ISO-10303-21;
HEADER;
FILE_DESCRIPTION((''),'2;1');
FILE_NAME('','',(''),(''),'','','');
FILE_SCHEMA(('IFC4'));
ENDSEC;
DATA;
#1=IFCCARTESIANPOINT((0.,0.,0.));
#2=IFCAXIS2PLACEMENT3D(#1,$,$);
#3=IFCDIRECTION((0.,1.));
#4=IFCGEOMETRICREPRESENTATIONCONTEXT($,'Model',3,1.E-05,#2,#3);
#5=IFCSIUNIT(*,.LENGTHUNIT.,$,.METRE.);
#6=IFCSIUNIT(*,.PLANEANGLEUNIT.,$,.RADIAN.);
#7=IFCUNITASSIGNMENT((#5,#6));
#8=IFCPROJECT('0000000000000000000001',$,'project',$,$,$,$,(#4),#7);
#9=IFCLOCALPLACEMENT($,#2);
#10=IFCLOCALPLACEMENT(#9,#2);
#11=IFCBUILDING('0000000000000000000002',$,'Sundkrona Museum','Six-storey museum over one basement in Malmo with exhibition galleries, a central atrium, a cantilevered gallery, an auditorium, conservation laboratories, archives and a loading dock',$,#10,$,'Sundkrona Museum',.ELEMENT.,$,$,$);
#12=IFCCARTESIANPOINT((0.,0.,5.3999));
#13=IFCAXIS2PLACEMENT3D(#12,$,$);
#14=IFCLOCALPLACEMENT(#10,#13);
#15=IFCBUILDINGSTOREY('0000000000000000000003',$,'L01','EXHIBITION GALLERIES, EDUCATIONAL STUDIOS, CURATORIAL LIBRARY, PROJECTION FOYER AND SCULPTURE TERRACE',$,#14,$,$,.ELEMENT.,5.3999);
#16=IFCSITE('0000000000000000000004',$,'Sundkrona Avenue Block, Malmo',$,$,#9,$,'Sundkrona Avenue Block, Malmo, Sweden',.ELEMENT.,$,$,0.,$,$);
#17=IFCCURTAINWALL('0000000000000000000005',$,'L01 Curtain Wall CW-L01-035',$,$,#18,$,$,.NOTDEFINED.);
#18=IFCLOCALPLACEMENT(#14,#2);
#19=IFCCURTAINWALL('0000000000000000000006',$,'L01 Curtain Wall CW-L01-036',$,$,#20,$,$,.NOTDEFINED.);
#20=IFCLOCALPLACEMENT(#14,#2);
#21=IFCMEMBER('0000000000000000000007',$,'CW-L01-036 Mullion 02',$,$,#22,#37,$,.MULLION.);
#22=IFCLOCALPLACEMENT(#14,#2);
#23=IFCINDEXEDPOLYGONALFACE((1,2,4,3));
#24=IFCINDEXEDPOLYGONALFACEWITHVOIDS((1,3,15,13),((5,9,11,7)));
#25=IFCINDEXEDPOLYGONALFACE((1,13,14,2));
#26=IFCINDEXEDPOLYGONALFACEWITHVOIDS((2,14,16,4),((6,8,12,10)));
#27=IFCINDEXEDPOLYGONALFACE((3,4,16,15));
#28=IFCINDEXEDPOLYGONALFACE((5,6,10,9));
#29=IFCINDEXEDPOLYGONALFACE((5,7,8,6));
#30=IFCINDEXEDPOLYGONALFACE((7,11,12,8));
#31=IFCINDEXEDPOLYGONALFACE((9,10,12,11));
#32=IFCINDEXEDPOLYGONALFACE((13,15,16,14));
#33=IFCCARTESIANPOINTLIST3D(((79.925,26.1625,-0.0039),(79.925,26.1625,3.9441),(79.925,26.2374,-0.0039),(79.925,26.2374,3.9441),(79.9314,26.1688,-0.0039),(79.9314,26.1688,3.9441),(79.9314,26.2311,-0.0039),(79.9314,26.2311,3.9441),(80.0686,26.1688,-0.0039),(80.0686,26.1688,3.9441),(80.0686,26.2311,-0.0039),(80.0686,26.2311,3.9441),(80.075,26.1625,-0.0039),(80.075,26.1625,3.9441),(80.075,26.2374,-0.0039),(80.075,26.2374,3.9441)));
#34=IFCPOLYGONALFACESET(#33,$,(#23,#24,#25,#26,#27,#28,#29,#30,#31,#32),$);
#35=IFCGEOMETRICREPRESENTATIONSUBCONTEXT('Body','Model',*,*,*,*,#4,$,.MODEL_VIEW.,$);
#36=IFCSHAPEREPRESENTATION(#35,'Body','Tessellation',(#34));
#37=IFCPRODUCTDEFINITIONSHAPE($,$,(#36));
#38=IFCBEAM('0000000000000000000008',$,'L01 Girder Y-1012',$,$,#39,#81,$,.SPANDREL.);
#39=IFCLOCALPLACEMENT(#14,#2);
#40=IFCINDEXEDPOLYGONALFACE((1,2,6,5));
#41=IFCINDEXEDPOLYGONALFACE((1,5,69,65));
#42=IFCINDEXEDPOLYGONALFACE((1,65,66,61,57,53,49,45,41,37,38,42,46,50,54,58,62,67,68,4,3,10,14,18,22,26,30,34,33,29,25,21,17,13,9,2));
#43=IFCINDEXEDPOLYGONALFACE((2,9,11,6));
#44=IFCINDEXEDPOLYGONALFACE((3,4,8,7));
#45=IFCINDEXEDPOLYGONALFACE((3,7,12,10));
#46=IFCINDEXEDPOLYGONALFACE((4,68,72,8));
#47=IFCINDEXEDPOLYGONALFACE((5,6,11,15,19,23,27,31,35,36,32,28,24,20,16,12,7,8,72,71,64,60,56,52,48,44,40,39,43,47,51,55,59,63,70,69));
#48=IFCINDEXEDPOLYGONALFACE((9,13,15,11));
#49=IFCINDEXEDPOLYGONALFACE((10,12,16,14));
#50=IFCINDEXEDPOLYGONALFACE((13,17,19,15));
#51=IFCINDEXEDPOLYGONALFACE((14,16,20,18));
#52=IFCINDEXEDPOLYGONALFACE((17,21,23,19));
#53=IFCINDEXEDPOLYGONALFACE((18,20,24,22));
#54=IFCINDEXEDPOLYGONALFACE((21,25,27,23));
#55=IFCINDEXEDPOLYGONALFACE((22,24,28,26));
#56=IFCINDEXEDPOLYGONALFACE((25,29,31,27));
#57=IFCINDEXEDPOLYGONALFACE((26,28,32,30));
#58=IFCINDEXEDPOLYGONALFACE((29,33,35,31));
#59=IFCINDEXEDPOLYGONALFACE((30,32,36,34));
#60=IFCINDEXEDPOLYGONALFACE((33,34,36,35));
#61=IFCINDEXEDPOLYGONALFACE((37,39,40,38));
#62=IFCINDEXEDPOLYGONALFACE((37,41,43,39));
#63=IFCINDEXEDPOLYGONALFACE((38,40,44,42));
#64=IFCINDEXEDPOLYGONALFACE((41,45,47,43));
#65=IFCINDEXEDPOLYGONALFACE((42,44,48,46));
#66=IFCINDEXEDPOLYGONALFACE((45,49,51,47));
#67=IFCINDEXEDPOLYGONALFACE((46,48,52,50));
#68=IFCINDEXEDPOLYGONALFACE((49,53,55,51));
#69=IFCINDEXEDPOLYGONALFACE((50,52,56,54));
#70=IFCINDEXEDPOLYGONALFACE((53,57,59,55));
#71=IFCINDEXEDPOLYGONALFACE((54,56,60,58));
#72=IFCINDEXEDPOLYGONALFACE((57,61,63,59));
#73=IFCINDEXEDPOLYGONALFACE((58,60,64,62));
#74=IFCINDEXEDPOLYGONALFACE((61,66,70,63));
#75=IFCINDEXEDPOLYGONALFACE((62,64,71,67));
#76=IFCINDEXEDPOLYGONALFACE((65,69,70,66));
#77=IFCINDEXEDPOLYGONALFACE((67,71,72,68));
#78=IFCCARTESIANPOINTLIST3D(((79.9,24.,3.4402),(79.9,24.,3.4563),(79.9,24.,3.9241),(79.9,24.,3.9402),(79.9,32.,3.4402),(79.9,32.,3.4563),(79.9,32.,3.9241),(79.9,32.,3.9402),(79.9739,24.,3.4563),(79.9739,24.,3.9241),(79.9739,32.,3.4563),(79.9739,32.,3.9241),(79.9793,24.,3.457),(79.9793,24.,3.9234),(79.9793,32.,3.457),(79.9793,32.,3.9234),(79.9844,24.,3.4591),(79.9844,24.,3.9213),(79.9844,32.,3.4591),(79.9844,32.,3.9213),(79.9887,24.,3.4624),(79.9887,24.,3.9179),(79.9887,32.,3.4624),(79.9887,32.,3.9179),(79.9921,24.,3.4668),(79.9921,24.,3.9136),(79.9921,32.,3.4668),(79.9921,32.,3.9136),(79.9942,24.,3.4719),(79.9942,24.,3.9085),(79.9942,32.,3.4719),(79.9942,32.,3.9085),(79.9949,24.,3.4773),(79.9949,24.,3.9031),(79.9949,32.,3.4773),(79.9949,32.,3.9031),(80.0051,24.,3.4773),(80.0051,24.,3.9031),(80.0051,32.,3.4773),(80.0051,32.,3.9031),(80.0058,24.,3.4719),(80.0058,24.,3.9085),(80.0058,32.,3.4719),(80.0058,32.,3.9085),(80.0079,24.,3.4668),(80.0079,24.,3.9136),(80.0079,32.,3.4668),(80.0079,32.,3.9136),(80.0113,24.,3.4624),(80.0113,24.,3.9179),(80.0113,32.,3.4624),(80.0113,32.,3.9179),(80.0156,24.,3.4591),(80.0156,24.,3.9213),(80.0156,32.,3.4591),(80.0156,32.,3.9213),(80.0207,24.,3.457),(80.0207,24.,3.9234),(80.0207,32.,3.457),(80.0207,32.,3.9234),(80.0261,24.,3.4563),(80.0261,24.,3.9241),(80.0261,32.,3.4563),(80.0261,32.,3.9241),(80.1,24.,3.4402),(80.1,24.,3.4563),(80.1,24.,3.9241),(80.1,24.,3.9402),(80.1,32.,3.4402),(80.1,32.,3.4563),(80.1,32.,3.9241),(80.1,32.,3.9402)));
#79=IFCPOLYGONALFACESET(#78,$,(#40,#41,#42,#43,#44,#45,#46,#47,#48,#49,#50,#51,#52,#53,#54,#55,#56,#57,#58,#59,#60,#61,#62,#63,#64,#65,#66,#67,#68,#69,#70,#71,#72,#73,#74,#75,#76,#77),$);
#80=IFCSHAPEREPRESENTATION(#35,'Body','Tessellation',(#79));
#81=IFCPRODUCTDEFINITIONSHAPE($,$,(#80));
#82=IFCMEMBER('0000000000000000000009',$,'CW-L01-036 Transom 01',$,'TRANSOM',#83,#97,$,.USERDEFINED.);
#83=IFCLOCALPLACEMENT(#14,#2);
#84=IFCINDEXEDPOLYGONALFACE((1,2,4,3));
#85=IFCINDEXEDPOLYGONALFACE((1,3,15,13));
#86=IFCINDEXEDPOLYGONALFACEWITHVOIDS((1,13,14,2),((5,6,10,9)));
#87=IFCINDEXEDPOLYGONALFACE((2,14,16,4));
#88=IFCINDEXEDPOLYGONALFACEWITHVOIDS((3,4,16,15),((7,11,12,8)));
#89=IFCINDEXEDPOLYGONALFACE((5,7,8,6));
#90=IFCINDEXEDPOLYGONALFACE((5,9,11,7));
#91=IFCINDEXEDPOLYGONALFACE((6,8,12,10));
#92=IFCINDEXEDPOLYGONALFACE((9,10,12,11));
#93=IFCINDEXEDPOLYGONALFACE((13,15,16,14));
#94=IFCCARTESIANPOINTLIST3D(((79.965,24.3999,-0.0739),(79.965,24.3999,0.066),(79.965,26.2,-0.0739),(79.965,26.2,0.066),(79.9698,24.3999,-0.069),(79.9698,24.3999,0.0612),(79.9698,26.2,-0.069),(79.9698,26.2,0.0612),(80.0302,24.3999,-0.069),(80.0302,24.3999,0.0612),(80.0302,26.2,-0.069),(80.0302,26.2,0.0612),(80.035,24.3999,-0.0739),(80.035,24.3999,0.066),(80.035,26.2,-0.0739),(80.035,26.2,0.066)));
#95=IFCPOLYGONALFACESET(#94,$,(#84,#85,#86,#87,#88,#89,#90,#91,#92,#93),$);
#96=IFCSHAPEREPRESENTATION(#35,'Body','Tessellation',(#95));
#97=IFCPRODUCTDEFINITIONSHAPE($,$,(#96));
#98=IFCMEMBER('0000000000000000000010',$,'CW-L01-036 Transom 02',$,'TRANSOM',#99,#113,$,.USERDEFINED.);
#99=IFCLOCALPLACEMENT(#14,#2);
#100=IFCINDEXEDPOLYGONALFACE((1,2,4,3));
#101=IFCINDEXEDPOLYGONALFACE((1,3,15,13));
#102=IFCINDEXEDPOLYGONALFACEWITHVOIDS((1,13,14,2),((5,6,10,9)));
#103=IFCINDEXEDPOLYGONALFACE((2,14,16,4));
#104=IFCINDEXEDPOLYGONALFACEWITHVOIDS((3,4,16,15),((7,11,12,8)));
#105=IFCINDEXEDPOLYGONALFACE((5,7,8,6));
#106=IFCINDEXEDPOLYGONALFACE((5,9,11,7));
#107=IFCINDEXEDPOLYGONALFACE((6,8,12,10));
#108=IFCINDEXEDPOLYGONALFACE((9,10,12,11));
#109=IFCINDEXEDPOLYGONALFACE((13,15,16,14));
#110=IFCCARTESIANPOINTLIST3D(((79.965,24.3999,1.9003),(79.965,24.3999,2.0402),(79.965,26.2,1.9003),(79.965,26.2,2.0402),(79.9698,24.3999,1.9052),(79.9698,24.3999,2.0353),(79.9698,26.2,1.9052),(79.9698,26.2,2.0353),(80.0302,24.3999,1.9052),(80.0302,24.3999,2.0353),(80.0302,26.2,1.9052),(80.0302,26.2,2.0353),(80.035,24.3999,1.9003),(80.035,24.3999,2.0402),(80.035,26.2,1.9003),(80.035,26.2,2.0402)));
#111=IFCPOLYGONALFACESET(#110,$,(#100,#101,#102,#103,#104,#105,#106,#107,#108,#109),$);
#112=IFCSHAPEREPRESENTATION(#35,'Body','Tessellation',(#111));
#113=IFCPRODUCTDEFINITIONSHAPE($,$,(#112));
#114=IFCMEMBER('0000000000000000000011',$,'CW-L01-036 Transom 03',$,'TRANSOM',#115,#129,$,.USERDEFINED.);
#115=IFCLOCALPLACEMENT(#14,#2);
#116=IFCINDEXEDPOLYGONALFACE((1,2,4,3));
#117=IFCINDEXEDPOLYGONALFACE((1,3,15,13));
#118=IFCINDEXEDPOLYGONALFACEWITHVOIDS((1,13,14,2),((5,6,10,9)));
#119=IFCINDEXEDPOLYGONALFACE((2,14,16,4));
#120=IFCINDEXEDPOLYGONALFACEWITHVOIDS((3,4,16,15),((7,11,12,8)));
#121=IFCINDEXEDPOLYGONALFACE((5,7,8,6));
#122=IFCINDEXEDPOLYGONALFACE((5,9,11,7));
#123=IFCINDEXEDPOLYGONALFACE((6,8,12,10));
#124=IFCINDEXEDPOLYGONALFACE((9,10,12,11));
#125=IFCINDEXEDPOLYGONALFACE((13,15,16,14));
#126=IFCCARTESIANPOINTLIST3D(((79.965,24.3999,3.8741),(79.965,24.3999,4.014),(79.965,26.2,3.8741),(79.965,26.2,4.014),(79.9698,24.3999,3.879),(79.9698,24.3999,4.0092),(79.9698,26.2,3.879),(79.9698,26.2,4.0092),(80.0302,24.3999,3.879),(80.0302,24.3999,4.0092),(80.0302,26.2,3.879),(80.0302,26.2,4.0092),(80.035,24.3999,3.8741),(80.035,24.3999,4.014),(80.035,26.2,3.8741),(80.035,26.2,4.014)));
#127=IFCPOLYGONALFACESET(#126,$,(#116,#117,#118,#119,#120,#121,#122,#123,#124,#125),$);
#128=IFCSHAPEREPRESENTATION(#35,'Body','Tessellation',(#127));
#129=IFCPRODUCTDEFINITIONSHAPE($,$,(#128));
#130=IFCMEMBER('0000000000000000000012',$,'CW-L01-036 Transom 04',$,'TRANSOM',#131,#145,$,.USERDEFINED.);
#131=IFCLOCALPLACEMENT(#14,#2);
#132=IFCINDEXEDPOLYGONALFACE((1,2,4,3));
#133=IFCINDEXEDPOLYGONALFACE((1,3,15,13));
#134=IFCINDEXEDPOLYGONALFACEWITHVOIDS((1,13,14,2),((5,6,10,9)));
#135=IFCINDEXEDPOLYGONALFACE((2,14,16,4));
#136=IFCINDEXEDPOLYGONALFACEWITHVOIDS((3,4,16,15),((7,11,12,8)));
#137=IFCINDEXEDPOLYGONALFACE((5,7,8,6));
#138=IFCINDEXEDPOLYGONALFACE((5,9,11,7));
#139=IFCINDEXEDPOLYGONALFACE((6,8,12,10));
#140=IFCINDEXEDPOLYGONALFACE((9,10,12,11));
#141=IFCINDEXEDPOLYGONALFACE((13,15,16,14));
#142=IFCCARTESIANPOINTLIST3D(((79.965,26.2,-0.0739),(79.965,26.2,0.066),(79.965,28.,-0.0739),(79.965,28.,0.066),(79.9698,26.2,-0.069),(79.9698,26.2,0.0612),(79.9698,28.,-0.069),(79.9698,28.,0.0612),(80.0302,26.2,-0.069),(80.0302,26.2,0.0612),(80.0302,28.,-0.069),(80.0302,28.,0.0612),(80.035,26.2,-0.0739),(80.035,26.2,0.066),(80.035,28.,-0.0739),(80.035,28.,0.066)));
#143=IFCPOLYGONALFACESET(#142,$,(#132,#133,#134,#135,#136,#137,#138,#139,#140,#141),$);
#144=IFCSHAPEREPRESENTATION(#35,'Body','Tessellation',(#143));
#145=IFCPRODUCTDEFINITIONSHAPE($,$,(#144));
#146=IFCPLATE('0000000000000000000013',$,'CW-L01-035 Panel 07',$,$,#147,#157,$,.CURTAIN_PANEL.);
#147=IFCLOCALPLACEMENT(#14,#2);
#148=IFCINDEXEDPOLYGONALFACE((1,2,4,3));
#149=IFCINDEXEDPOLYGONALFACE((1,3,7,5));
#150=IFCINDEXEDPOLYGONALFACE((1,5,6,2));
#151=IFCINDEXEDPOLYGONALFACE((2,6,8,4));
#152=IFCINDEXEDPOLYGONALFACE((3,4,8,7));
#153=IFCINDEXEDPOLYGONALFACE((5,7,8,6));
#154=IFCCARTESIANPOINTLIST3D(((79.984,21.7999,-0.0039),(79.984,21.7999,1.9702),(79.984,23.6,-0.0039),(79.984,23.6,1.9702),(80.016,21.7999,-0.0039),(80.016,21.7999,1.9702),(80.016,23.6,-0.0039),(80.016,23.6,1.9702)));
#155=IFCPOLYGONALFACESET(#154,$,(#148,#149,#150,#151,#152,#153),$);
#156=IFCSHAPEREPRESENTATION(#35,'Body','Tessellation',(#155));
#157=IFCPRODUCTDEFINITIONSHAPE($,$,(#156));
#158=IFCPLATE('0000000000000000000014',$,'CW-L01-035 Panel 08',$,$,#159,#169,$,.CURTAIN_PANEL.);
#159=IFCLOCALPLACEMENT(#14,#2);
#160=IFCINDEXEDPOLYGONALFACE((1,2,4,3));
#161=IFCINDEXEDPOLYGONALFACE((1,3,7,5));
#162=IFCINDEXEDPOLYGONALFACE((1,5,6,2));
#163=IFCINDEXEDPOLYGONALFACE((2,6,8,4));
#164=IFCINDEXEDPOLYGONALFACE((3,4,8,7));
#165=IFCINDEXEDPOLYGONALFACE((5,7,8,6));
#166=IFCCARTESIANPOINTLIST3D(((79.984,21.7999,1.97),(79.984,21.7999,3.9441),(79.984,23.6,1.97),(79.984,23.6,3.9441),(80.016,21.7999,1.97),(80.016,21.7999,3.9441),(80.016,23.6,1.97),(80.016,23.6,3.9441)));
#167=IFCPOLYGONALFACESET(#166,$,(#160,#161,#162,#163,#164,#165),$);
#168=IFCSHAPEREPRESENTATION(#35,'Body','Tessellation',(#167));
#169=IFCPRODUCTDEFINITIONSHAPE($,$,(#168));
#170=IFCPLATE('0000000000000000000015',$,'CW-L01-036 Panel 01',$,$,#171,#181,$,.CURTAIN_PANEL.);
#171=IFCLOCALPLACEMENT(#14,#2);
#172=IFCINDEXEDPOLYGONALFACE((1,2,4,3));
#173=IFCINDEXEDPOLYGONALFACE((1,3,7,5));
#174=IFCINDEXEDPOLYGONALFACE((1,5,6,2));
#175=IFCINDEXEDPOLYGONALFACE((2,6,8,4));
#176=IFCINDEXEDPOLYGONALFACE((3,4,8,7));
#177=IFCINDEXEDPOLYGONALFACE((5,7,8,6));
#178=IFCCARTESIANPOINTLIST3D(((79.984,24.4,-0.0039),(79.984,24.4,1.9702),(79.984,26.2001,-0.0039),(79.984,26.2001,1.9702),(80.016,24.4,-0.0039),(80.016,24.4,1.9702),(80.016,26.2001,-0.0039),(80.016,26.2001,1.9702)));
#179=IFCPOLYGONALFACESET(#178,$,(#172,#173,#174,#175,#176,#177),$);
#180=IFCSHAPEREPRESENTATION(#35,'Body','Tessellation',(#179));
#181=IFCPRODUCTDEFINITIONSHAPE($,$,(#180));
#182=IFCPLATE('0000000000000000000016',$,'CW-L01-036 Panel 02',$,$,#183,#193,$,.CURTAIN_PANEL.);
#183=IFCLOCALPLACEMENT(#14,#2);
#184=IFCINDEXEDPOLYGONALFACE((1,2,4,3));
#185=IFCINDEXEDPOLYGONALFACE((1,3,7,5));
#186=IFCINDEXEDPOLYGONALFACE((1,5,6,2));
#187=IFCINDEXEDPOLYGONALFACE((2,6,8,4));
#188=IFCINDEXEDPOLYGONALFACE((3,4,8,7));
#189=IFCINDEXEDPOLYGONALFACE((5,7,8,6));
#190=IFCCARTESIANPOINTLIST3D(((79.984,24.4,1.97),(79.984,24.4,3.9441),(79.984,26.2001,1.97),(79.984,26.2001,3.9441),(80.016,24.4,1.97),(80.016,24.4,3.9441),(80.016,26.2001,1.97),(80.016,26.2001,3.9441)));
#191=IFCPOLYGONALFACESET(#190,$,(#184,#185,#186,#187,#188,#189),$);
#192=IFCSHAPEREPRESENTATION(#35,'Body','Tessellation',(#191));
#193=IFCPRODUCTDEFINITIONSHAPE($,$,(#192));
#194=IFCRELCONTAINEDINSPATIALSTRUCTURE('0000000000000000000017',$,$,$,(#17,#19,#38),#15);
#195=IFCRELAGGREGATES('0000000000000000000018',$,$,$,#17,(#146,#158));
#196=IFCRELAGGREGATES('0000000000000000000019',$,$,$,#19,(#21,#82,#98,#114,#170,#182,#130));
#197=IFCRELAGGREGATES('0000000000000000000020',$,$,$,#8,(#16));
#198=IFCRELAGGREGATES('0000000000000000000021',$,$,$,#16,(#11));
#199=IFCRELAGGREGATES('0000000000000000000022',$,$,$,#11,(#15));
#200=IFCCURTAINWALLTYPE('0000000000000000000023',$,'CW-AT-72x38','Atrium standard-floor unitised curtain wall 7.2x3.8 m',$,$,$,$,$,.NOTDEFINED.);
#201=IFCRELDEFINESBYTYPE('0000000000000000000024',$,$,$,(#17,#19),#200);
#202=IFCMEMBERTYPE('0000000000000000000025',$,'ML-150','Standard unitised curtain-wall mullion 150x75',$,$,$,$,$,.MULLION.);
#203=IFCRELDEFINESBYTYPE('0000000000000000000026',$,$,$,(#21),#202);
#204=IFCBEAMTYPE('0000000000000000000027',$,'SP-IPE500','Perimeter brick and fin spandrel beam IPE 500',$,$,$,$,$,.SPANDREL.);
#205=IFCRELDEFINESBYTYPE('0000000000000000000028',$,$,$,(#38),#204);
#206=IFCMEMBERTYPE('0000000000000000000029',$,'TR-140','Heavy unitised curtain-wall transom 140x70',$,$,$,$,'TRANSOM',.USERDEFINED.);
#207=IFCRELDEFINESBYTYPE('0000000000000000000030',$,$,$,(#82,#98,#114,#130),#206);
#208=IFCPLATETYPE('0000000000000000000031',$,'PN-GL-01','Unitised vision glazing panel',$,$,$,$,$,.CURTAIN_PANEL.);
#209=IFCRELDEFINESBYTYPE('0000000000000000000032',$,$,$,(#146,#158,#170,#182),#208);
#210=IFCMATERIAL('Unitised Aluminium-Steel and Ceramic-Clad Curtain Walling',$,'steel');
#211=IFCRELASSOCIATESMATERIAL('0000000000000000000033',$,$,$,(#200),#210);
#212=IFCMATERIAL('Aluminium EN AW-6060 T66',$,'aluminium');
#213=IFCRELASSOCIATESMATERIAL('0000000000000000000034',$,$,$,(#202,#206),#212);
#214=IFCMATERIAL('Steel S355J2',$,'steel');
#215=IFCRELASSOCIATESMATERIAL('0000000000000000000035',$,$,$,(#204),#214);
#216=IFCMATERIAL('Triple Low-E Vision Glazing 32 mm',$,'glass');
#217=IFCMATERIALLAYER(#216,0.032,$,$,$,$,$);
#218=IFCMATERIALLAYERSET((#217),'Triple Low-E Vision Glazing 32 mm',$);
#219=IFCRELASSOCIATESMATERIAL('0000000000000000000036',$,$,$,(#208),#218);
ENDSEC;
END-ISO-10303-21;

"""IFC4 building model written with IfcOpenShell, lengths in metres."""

from ifc_helpers import new_model, si_unit, direction, frame, origin, origin_2d, place, context, subcontext, project, spatial, rectangle, hollow_rectangle, i_section, extrude, material, layer, layer_set, material_profile, profile_set, type_object, element, aggregate, save


model = new_model("IFC4")

# Units and contexts
model_context = context("Model", 3, precision=1e-05, world=origin(), true_north=direction((0.0, 1.0)))
body_context = subcontext(model_context, "Body", "Model", "MODEL_VIEW")
ifc_project = project(units=[si_unit("LENGTHUNIT", "METRE"), si_unit("PLANEANGLEUNIT", "RADIAN")], contexts=[model_context])

# Site, building, storey
site_placement = place(None, origin())
site = spatial("IfcSite", under=ifc_project, at=site_placement, Name="Sundkrona Avenue Block, Malmo", LongName="Sundkrona Avenue Block, Malmo, Sweden", CompositionType="ELEMENT", RefElevation=0.0)
building_placement = place(site_placement, origin())
building = spatial("IfcBuilding", under=site, at=building_placement, Name="Sundkrona Museum", Description="Six-storey museum over one basement in Malmo with exhibition galleries, a central atrium, a cantilevered gallery, an auditorium, conservation laboratories, archives and a loading dock", LongName="Sundkrona Museum", CompositionType="ELEMENT")
storey_placement = place(building_placement, frame((0.0, 0.0, 5.3999)))
storey = spatial("IfcBuildingStorey", under=building, at=storey_placement, Name="L01", Description="EXHIBITION GALLERIES, EDUCATIONAL STUDIOS, CURATORIAL LIBRARY, PROJECTION FOYER AND SCULPTURE TERRACE", CompositionType="ELEMENT", Elevation=5.3999)

# Shared definitions
ifc_material_1 = material(Name="Steel S355J2", Category="steel")

# Curtain wall
ifc_material_2 = material(Name="Unitised Aluminium-Steel and Ceramic-Clad Curtain Walling", Category="steel")
curtain_wall_type = type_object("IfcCurtainWallType", Name="CW-AT-72x38", Description="Atrium standard-floor unitised curtain wall 7.2x3.8 m", PredefinedType="NOTDEFINED", material=ifc_material_2)
curtain_wall_1_placement = place(storey_placement, origin())
curtain_wall_1 = element("IfcCurtainWall", 1, at=curtain_wall_1_placement, inside=storey, type_object=curtain_wall_type, Name="L01 Curtain Wall CW-L01-035", PredefinedType="NOTDEFINED")
ifc_material_3 = material(Name="Aluminium EN AW-6060 T66", Category="aluminium")
ifc_material_profile_1 = material_profile(ifc_material_3, hollow_rectangle(XDim=0.075, YDim=0.1499, WallThickness=0.0063, at=origin_2d()), Name="RHS 150x75x6.3")
ifc_profile_set_1 = profile_set([ifc_material_profile_1], Name="Aluminium EN AW-6060 T66")
member_type_1 = type_object("IfcMemberType", Name="ML-150", Description="Standard unitised curtain-wall mullion 150x75", PredefinedType="MULLION", material=ifc_profile_set_1)

# Curtain wall, member
curtain_wall_2_placement = place(storey_placement, origin())
curtain_wall_2 = element("IfcCurtainWall", 2, at=curtain_wall_2_placement, inside=storey, type_object=curtain_wall_type, Name="L01 Curtain Wall CW-L01-036", PredefinedType="NOTDEFINED")
member_1_placement = place(storey_placement, frame((80.0, 26.2, -0.0039), z_axis=(0.0, 0.0, 1.0), x_axis=(0.0, 1.0, 0.0)))
member_1 = element("IfcMember", 3, at=member_1_placement, type_object=member_type_1, Name="CW-L01-036 Mullion 02", PredefinedType="MULLION", context=body_context, shape_type="SweptSolid", body=[
    extrude(hollow_rectangle(XDim=0.075, YDim=0.1499, WallThickness=0.0063, at=origin_2d()), origin(), (0.0, 0.0, 1.0), 3.948),
])

# Beam
ifc_material_profile_2 = material_profile(ifc_material_1, i_section(OverallWidth=0.2, OverallDepth=0.5, WebThickness=0.0103, FlangeThickness=0.0161, FilletRadius=0.021, at=origin_2d()), Name="IPE 500")
ifc_profile_set_2 = profile_set([ifc_material_profile_2], Name="Steel S355J2")
beam_type_1 = type_object("IfcBeamType", Name="SP-IPE500", Description="Perimeter brick and fin spandrel beam IPE 500", PredefinedType="SPANDREL", material=ifc_profile_set_2)
beam_1_placement = place(storey_placement, frame((80.0, 24.0, 3.6902), z_axis=(0.0, 1.0, 0.0), x_axis=(-1.0, 0.0, 0.0)))
element("IfcBeam", 4, at=beam_1_placement, inside=storey, type_object=beam_type_1, Name="L01 Girder Y-1012", PredefinedType="SPANDREL", context=body_context, shape_type="SweptSolid", body=[
    extrude(i_section(OverallWidth=0.2, OverallDepth=0.5, WebThickness=0.0103, FlangeThickness=0.0161, FilletRadius=0.021, at=origin_2d()), origin(), (0.0, 0.0, 1.0), 8.0),
])

# Members
ifc_material_profile_3 = material_profile(ifc_material_3, hollow_rectangle(XDim=0.0701, YDim=0.1399, WallThickness=0.0049, at=origin_2d()), Name="RHS 140x70x5.0")
ifc_profile_set_3 = profile_set([ifc_material_profile_3], Name="Aluminium EN AW-6060 T66")
member_type_2 = type_object("IfcMemberType", Name="TR-140", Description="Heavy unitised curtain-wall transom 140x70", ElementType="TRANSOM", PredefinedType="USERDEFINED", material=ifc_profile_set_3)
member_2_placement = place(storey_placement, frame((80.0, 24.3999, -0.0039), z_axis=(0.0, 1.0, 0.0), x_axis=(-1.0, 0.0, 0.0)))
member_2 = element("IfcMember", 5, at=member_2_placement, type_object=member_type_2, Name="CW-L01-036 Transom 01", ObjectType="TRANSOM", PredefinedType="USERDEFINED", context=body_context, shape_type="SweptSolid", body=[
    extrude(hollow_rectangle(XDim=0.0701, YDim=0.1399, WallThickness=0.0049, at=origin_2d()), origin(), (0.0, 0.0, 1.0), 1.8),
])
member_3_placement = place(storey_placement, frame((80.0, 24.3999, 1.9702), z_axis=(0.0, 1.0, 0.0), x_axis=(-1.0, 0.0, 0.0)))
member_3 = element("IfcMember", 6, at=member_3_placement, type_object=member_type_2, Name="CW-L01-036 Transom 02", ObjectType="TRANSOM", PredefinedType="USERDEFINED", context=body_context, shape_type="SweptSolid", body=[
    extrude(hollow_rectangle(XDim=0.0701, YDim=0.1399, WallThickness=0.0049, at=origin_2d()), origin(), (0.0, 0.0, 1.0), 1.8),
])
member_4_placement = place(storey_placement, frame((80.0, 24.3999, 3.9441), z_axis=(0.0, 1.0, 0.0), x_axis=(-1.0, 0.0, 0.0)))
member_4 = element("IfcMember", 7, at=member_4_placement, type_object=member_type_2, Name="CW-L01-036 Transom 03", ObjectType="TRANSOM", PredefinedType="USERDEFINED", context=body_context, shape_type="SweptSolid", body=[
    extrude(hollow_rectangle(XDim=0.0701, YDim=0.1399, WallThickness=0.0049, at=origin_2d()), origin(), (0.0, 0.0, 1.0), 1.8),
])
member_5_placement = place(storey_placement, frame((80.0, 26.2, -0.0039), z_axis=(0.0, 1.0, 0.0), x_axis=(-1.0, 0.0, 0.0)))
member_5 = element("IfcMember", 8, at=member_5_placement, type_object=member_type_2, Name="CW-L01-036 Transom 04", ObjectType="TRANSOM", PredefinedType="USERDEFINED", context=body_context, shape_type="SweptSolid", body=[
    extrude(hollow_rectangle(XDim=0.0701, YDim=0.1399, WallThickness=0.0049, at=origin_2d()), origin(), (0.0, 0.0, 1.0), 1.8),
])

# Plates
ifc_material_4 = material(Name="Triple Low-E Vision Glazing 32 mm", Category="glass")
ifc_layer = layer(ifc_material_4, 0.032)
ifc_layer_set = layer_set([ifc_layer], Name="Triple Low-E Vision Glazing 32 mm")
plate_type = type_object("IfcPlateType", Name="PN-GL-01", Description="Unitised vision glazing panel", PredefinedType="CURTAIN_PANEL", material=ifc_layer_set)
plate_1_placement = place(storey_placement, frame((80.0, 22.7, -0.0039), z_axis=(0.0, 0.0, 1.0), x_axis=(0.0, 1.0, 0.0)))
plate_1 = element("IfcPlate", 9, at=plate_1_placement, type_object=plate_type, Name="CW-L01-035 Panel 07", PredefinedType="CURTAIN_PANEL", context=body_context, shape_type="SweptSolid", body=[
    extrude(rectangle(XDim=1.8, YDim=0.032, at=origin_2d()), origin(), (0.0, 0.0, 1.0), 1.9741),
])
plate_2_placement = place(storey_placement, frame((80.0, 22.7, 1.97), z_axis=(0.0, 0.0, 1.0), x_axis=(0.0, 1.0, 0.0)))
plate_2 = element("IfcPlate", 10, at=plate_2_placement, type_object=plate_type, Name="CW-L01-035 Panel 08", PredefinedType="CURTAIN_PANEL", context=body_context, shape_type="SweptSolid", body=[
    extrude(rectangle(XDim=1.8, YDim=0.032, at=origin_2d()), origin(), (0.0, 0.0, 1.0), 1.9741),
])
aggregate(curtain_wall_1, [plate_1, plate_2])
plate_3_placement = place(storey_placement, frame((80.0, 25.3, -0.0039), z_axis=(0.0, 0.0, 1.0), x_axis=(0.0, 1.0, 0.0)))
plate_3 = element("IfcPlate", 11, at=plate_3_placement, type_object=plate_type, Name="CW-L01-036 Panel 01", PredefinedType="CURTAIN_PANEL", context=body_context, shape_type="SweptSolid", body=[
    extrude(rectangle(XDim=1.8, YDim=0.032, at=origin_2d()), origin(), (0.0, 0.0, 1.0), 1.9741),
])
plate_4_placement = place(storey_placement, frame((80.0, 25.3, 1.97), z_axis=(0.0, 0.0, 1.0), x_axis=(0.0, 1.0, 0.0)))
plate_4 = element("IfcPlate", 12, at=plate_4_placement, type_object=plate_type, Name="CW-L01-036 Panel 02", PredefinedType="CURTAIN_PANEL", context=body_context, shape_type="SweptSolid", body=[
    extrude(rectangle(XDim=1.8, YDim=0.032, at=origin_2d()), origin(), (0.0, 0.0, 1.0), 1.9741),
])
aggregate(curtain_wall_2, [member_1, member_2, member_3, member_4, plate_3, plate_4, member_5])

save(model, "model.ifc")
